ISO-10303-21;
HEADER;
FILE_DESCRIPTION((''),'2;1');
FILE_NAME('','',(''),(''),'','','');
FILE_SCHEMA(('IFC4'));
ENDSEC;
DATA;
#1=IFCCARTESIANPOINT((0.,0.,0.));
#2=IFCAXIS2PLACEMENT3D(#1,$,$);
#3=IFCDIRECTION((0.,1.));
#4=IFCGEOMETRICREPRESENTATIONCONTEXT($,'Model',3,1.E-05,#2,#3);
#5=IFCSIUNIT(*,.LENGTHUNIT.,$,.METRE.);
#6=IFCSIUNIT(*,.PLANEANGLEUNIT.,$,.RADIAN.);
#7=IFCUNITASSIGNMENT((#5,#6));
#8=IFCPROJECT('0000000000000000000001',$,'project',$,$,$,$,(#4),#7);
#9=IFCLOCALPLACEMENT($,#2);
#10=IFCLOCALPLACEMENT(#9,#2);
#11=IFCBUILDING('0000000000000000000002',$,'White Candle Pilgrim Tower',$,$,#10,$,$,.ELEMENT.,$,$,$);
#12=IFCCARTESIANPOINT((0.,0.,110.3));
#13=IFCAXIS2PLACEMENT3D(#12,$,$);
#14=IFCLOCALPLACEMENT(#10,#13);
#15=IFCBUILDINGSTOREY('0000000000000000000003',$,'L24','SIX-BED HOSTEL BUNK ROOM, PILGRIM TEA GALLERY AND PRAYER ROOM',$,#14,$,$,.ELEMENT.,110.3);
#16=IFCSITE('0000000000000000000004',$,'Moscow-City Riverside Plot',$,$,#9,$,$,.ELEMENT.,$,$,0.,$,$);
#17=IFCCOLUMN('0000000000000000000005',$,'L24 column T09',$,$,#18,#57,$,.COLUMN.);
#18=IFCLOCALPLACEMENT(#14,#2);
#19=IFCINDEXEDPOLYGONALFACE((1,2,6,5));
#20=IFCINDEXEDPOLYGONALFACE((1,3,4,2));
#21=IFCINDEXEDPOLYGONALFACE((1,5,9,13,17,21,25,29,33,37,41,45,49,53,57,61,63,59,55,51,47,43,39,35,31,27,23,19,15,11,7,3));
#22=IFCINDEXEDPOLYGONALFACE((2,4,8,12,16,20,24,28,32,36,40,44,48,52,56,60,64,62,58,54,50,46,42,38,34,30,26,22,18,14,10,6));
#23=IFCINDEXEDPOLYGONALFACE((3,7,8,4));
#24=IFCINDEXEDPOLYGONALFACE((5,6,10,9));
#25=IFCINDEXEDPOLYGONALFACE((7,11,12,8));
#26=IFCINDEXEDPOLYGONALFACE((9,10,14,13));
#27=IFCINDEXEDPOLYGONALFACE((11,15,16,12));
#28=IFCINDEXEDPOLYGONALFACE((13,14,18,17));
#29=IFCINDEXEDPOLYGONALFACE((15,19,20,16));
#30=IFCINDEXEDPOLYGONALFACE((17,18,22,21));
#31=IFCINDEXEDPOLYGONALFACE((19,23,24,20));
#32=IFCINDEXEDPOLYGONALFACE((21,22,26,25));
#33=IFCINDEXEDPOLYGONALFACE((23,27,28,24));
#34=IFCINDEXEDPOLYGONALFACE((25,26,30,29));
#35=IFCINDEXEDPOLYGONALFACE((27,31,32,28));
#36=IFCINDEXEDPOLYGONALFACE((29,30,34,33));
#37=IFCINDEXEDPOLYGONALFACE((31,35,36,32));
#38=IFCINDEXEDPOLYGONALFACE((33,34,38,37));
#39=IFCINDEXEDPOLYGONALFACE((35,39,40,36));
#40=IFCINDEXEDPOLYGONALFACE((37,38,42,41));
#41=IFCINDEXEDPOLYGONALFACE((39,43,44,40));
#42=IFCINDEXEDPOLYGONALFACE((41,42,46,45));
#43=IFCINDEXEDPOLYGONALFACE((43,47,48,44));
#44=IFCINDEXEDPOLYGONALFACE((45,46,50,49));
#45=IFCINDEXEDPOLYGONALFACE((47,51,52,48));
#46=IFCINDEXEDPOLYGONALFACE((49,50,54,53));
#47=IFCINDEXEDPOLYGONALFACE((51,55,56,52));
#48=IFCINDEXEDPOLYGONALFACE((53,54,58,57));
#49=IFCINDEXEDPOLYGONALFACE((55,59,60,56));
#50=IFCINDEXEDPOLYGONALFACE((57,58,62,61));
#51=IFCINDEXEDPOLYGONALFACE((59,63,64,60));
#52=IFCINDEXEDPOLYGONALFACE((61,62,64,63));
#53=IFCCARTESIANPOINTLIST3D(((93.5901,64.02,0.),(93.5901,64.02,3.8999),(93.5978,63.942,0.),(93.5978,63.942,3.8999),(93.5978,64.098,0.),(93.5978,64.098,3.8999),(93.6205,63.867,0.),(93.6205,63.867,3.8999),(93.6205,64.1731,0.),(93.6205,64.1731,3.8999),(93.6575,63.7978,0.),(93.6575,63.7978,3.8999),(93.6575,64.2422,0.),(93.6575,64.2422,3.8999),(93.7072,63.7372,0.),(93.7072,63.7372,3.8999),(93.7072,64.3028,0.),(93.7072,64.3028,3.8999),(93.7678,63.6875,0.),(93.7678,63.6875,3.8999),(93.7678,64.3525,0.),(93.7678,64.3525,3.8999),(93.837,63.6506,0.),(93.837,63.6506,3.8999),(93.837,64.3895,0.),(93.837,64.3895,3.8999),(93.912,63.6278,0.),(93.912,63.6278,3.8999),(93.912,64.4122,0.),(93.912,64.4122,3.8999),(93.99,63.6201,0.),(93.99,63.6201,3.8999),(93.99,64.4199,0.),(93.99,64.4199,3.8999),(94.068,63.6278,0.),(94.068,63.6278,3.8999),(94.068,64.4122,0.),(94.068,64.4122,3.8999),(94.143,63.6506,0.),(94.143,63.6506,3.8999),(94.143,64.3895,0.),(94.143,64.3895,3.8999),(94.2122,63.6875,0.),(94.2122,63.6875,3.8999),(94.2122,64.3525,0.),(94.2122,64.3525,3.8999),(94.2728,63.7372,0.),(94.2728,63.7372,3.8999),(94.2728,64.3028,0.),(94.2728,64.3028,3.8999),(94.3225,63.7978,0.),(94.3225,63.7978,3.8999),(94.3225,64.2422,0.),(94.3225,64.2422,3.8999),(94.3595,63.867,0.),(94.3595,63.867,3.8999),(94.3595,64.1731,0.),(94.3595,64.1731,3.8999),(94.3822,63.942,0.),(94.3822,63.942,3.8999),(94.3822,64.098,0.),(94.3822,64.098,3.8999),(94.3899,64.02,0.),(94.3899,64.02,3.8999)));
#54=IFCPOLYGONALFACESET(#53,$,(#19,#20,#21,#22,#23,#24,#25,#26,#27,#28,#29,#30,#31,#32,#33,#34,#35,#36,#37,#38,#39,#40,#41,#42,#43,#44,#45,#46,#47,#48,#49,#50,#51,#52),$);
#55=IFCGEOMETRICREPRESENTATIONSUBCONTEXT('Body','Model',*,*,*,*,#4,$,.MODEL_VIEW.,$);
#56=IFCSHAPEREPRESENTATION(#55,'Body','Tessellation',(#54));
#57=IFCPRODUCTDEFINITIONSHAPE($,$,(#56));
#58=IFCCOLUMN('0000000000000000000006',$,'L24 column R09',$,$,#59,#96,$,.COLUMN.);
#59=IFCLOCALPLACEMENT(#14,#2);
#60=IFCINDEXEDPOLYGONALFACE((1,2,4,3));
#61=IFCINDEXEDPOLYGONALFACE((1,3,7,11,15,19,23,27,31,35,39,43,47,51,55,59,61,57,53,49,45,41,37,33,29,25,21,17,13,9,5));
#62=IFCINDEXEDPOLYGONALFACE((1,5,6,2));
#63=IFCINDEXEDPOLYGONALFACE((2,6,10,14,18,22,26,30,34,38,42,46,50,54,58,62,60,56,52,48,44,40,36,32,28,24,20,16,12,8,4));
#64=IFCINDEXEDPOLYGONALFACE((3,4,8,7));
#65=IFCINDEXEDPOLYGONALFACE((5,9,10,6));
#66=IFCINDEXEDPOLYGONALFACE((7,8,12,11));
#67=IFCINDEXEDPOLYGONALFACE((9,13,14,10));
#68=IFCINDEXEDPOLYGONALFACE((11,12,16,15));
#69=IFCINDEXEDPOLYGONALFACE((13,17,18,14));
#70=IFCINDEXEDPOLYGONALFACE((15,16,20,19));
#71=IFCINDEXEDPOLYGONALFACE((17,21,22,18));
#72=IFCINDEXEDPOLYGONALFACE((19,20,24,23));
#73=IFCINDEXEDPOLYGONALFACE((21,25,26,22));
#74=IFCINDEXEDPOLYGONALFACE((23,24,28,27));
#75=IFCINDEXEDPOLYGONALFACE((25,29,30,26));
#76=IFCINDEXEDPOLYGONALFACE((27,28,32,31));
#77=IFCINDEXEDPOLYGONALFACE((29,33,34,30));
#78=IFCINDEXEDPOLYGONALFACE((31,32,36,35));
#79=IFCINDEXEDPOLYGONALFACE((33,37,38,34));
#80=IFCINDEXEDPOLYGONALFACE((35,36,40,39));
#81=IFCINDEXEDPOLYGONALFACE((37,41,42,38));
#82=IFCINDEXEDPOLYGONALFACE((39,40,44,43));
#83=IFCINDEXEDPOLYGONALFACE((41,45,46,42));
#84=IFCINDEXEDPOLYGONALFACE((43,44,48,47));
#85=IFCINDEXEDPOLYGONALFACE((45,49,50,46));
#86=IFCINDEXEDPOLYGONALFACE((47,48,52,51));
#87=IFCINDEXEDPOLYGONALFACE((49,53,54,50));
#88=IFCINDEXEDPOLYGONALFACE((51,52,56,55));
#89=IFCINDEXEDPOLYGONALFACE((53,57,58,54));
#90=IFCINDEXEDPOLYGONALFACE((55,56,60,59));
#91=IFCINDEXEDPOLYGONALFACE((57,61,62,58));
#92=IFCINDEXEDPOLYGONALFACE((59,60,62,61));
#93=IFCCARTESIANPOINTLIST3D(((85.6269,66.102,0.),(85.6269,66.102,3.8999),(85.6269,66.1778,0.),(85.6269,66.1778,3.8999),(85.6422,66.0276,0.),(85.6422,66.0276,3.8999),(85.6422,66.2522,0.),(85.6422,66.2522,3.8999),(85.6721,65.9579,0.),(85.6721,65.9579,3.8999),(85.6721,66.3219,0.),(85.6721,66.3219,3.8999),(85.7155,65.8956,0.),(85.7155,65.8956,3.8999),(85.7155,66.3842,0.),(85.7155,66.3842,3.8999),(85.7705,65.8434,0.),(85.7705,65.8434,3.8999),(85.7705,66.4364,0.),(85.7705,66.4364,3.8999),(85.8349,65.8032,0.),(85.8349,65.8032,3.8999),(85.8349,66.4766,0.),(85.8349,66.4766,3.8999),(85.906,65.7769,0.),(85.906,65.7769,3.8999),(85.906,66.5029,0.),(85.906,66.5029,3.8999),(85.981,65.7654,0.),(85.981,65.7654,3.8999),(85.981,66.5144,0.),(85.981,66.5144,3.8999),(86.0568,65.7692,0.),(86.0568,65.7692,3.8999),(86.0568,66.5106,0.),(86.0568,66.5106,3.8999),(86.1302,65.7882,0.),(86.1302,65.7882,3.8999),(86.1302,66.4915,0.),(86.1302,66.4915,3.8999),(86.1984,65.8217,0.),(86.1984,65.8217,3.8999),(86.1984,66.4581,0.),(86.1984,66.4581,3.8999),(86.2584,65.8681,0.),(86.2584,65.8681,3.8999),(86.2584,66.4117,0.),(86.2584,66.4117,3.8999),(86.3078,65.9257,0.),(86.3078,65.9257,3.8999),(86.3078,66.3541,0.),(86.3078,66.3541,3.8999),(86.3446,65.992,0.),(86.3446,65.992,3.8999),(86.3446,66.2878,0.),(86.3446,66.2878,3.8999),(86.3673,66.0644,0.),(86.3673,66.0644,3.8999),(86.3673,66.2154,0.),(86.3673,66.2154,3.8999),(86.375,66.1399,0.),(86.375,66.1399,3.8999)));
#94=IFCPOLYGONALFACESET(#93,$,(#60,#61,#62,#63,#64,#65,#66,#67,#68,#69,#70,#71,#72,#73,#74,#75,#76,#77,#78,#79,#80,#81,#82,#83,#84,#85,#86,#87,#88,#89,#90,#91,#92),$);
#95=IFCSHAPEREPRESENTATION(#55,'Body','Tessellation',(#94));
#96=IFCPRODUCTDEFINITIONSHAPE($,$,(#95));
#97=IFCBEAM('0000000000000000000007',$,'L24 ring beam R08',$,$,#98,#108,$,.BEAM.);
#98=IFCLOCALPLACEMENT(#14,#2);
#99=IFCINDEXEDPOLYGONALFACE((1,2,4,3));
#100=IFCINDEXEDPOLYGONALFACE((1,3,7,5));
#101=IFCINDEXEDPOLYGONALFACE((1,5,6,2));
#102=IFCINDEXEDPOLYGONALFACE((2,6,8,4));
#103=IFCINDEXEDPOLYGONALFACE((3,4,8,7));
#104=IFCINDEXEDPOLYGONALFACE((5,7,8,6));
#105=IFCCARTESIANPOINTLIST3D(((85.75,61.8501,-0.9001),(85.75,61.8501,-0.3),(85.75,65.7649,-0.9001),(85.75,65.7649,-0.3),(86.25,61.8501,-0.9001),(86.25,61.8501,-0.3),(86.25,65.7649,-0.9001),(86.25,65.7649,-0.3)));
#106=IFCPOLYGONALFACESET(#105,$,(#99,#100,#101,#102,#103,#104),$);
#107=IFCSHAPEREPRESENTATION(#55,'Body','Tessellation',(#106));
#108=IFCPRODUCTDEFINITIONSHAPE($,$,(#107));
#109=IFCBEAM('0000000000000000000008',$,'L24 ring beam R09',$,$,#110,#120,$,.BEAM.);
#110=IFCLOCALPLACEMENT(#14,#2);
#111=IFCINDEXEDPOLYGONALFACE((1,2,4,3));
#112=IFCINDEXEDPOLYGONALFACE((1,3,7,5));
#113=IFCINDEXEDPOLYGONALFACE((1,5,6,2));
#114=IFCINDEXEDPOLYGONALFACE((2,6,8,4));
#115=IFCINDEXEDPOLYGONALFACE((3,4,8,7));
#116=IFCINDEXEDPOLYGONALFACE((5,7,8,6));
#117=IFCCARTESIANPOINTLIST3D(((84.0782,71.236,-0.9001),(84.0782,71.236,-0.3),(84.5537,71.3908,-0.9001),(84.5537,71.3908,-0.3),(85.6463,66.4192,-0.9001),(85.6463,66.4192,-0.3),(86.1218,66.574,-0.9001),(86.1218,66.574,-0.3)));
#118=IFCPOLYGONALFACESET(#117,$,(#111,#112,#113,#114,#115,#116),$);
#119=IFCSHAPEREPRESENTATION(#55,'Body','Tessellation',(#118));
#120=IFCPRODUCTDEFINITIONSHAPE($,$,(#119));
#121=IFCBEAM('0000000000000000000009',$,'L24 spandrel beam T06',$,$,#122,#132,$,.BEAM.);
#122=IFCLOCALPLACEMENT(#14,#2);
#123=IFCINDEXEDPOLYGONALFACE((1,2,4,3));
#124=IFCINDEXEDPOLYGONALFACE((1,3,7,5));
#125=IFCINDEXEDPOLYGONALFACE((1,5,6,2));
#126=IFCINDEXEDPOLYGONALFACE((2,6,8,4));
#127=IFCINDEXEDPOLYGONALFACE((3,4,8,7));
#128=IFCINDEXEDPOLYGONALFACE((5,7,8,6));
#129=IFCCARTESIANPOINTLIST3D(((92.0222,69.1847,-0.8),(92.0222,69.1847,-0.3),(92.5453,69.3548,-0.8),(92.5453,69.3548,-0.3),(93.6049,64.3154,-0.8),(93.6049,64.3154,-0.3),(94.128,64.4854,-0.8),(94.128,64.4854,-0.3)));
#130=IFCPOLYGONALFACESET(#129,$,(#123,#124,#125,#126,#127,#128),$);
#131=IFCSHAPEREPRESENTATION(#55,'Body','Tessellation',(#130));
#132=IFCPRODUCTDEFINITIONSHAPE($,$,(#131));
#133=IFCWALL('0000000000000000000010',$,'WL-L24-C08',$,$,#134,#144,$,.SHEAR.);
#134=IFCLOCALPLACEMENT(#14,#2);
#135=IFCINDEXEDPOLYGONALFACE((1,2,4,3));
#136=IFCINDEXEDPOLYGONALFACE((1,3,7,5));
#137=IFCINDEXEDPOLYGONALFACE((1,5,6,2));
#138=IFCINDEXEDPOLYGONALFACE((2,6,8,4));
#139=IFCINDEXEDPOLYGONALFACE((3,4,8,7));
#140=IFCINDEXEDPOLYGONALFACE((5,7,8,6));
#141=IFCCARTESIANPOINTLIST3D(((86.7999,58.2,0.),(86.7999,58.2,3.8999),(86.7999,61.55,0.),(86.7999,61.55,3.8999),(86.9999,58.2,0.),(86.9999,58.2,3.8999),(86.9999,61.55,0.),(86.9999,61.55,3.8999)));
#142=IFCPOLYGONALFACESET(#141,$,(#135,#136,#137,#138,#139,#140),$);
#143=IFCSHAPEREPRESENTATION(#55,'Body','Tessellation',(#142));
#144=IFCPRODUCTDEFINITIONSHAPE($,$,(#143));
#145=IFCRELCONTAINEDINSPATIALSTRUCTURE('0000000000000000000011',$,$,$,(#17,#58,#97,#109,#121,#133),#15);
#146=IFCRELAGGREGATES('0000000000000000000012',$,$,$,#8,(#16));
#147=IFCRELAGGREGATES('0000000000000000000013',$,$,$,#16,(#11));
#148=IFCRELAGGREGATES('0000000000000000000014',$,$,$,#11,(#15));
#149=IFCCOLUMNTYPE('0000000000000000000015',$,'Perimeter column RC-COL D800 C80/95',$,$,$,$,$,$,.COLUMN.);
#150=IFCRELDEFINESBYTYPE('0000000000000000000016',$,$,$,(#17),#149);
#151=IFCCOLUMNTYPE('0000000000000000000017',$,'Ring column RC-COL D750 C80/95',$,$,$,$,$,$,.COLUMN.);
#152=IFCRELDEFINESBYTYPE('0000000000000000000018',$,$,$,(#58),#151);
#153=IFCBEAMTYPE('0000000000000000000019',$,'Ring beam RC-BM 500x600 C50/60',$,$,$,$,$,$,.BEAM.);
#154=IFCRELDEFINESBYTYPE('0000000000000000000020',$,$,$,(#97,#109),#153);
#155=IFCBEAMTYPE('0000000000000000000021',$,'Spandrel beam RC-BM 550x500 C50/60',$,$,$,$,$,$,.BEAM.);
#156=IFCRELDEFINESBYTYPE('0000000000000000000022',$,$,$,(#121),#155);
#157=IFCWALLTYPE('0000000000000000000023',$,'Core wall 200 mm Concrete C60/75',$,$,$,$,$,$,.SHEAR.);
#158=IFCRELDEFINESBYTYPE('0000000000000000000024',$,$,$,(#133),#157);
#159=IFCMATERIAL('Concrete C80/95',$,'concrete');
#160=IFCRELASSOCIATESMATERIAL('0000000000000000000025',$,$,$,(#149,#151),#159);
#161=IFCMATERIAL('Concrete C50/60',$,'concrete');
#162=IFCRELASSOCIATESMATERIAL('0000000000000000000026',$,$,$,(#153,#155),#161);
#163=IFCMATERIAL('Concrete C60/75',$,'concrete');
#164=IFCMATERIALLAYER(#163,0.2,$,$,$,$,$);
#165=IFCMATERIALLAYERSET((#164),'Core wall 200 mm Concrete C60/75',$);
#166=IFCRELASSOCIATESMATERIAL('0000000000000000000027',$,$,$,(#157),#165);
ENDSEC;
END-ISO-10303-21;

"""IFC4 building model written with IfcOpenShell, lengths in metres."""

from ifc_helpers import new_model, si_unit, direction, frame, frame_2d, origin, origin_2d, place, context, subcontext, project, spatial, rectangle, circle, extrude, material, layer, layer_set, material_profile, profile_set, type_object, element, save


model = new_model("IFC4")

# Units and contexts
model_context = context("Model", 3, precision=1e-05, world=origin(), true_north=direction((0.0, 1.0)))
body_context = subcontext(model_context, "Body", "Model", "MODEL_VIEW")
ifc_project = project(units=[si_unit("LENGTHUNIT", "METRE"), si_unit("PLANEANGLEUNIT", "RADIAN")], contexts=[model_context])

# Site, building, storey
site_placement = place(None, origin())
site = spatial("IfcSite", under=ifc_project, at=site_placement, Name="Moscow-City Riverside Plot", CompositionType="ELEMENT", RefElevation=0.0)
building_placement = place(site_placement, origin())
building = spatial("IfcBuilding", under=site, at=building_placement, Name="White Candle Pilgrim Tower", CompositionType="ELEMENT")
storey_placement = place(building_placement, frame((0.0, 0.0, 110.3)))
storey = spatial("IfcBuildingStorey", under=building, at=storey_placement, Name="L24", Description="SIX-BED HOSTEL BUNK ROOM, PILGRIM TEA GALLERY AND PRAYER ROOM", CompositionType="ELEMENT", Elevation=110.3)

# Columns
ifc_material_1 = material(Name="Concrete C80/95", Category="concrete")
ifc_material_profile_1 = material_profile(ifc_material_1, circle(Radius=0.3999, at=origin_2d()), Name="RC-COL D800")
ifc_profile_set_1 = profile_set([ifc_material_profile_1], Name="Concrete C80/95")
column_type_1 = type_object("IfcColumnType", Name="Perimeter column RC-COL D800 C80/95", PredefinedType="COLUMN", material=ifc_profile_set_1)
column_1_placement = place(storey_placement, frame((93.99, 64.02, 0.0), z_axis=(0.0, 0.0, 1.0), x_axis=(1.0, 0.0, 0.0)))
element("IfcColumn", 1, at=column_1_placement, inside=storey, type_object=column_type_1, Name="L24 column T09", PredefinedType="COLUMN", context=body_context, shape_type="SweptSolid", body=[
    extrude(circle(Radius=0.3999, at=origin_2d()), origin(), (0.0, 0.0, 1.0), 3.8999),
])
ifc_material_profile_2 = material_profile(ifc_material_1, circle(Radius=0.375, at=origin_2d()), Name="RC-COL D750")
ifc_profile_set_2 = profile_set([ifc_material_profile_2], Name="Concrete C80/95")
column_type_2 = type_object("IfcColumnType", Name="Ring column RC-COL D750 C80/95", PredefinedType="COLUMN", material=ifc_profile_set_2)
column_2_placement = place(storey_placement, frame((86.0, 66.1399, 0.0), z_axis=(0.0, 0.0, 1.0), x_axis=(1.0, 0.0, 0.0)))
element("IfcColumn", 2, at=column_2_placement, inside=storey, type_object=column_type_2, Name="L24 column R09", PredefinedType="COLUMN", context=body_context, shape_type="SweptSolid", body=[
    extrude(circle(Radius=0.375, at=origin_2d()), origin(), (0.0, 0.0, 1.0), 3.8999),
])

# Beams
ifc_material_2 = material(Name="Concrete C50/60", Category="concrete")
ifc_material_profile_3 = material_profile(ifc_material_2, rectangle(XDim=0.5, YDim=0.6001, at=origin_2d()), Name="RC-BM 500x600")
ifc_profile_set_3 = profile_set([ifc_material_profile_3], Name="Concrete C50/60")
beam_type_1 = type_object("IfcBeamType", Name="Ring beam RC-BM 500x600 C50/60", PredefinedType="BEAM", material=ifc_profile_set_3)
beam_1_placement = place(storey_placement, frame((86.0, 65.7649, -0.6001), z_axis=(0.0, -1.0, 0.0), x_axis=(1.0, 0.0, 0.0)))
element("IfcBeam", 3, at=beam_1_placement, inside=storey, type_object=beam_type_1, Name="L24 ring beam R08", PredefinedType="BEAM", context=body_context, shape_type="SweptSolid", body=[
    extrude(rectangle(XDim=0.5, YDim=0.6001, at=origin_2d()), origin(), (0.0, 0.0, 1.0), 3.9148),
])
beam_2_placement = place(storey_placement, frame((85.884, 66.4966, -0.6001), z_axis=(-0.309555, 0.950882, 0.0), x_axis=(-0.950882, -0.309555, 0.0)))
element("IfcBeam", 4, at=beam_2_placement, inside=storey, type_object=beam_type_1, Name="L24 ring beam R09", PredefinedType="BEAM", context=body_context, shape_type="SweptSolid", body=[
    extrude(rectangle(XDim=0.5, YDim=0.6001, at=origin_2d()), origin(), (0.0, 0.0, 1.0), 5.0657),
])
ifc_material_profile_4 = material_profile(ifc_material_2, rectangle(XDim=0.55, YDim=0.5, at=origin_2d()), Name="RC-BM 550x500")
ifc_profile_set_4 = profile_set([ifc_material_profile_4], Name="Concrete C50/60")
beam_type_2 = type_object("IfcBeamType", Name="Spandrel beam RC-BM 550x500 C50/60", PredefinedType="BEAM", material=ifc_profile_set_4)
beam_3_placement = place(storey_placement, frame((93.8665, 64.4004, -0.55), z_axis=(-0.309124, 0.951022, 0.0), x_axis=(-0.951022, -0.309124, 0.0)))
element("IfcBeam", 5, at=beam_3_placement, inside=storey, type_object=beam_type_2, Name="L24 spandrel beam T06", PredefinedType="BEAM", context=body_context, shape_type="SweptSolid", body=[
    extrude(rectangle(XDim=0.55, YDim=0.5, at=origin_2d()), origin(), (0.0, 0.0, 1.0), 5.1201),
])

# Wall
ifc_material_3 = material(Name="Concrete C60/75", Category="concrete")
ifc_layer_1 = layer(ifc_material_3, 0.2)
ifc_layer_set_1 = layer_set([ifc_layer_1], Name="Core wall 200 mm Concrete C60/75")
wall_type_1 = type_object("IfcWallType", Name="Core wall 200 mm Concrete C60/75", PredefinedType="SHEAR", material=ifc_layer_set_1)
wall_1_placement = place(storey_placement, frame((86.8999, 58.2, 0.0), z_axis=(0.0, 0.0, 1.0), x_axis=(0.0, 1.0, 0.0)))
element("IfcWall", 6, at=wall_1_placement, inside=storey, type_object=wall_type_1, Name="WL-L24-C08", PredefinedType="SHEAR", context=body_context, shape_type="SweptSolid", body=[
    extrude(rectangle(XDim=3.3501, YDim=0.2, at=frame_2d((1.675, 0.0))), origin(), (0.0, 0.0, 1.0), 3.8999),
])

save(model, "model.ifc")
